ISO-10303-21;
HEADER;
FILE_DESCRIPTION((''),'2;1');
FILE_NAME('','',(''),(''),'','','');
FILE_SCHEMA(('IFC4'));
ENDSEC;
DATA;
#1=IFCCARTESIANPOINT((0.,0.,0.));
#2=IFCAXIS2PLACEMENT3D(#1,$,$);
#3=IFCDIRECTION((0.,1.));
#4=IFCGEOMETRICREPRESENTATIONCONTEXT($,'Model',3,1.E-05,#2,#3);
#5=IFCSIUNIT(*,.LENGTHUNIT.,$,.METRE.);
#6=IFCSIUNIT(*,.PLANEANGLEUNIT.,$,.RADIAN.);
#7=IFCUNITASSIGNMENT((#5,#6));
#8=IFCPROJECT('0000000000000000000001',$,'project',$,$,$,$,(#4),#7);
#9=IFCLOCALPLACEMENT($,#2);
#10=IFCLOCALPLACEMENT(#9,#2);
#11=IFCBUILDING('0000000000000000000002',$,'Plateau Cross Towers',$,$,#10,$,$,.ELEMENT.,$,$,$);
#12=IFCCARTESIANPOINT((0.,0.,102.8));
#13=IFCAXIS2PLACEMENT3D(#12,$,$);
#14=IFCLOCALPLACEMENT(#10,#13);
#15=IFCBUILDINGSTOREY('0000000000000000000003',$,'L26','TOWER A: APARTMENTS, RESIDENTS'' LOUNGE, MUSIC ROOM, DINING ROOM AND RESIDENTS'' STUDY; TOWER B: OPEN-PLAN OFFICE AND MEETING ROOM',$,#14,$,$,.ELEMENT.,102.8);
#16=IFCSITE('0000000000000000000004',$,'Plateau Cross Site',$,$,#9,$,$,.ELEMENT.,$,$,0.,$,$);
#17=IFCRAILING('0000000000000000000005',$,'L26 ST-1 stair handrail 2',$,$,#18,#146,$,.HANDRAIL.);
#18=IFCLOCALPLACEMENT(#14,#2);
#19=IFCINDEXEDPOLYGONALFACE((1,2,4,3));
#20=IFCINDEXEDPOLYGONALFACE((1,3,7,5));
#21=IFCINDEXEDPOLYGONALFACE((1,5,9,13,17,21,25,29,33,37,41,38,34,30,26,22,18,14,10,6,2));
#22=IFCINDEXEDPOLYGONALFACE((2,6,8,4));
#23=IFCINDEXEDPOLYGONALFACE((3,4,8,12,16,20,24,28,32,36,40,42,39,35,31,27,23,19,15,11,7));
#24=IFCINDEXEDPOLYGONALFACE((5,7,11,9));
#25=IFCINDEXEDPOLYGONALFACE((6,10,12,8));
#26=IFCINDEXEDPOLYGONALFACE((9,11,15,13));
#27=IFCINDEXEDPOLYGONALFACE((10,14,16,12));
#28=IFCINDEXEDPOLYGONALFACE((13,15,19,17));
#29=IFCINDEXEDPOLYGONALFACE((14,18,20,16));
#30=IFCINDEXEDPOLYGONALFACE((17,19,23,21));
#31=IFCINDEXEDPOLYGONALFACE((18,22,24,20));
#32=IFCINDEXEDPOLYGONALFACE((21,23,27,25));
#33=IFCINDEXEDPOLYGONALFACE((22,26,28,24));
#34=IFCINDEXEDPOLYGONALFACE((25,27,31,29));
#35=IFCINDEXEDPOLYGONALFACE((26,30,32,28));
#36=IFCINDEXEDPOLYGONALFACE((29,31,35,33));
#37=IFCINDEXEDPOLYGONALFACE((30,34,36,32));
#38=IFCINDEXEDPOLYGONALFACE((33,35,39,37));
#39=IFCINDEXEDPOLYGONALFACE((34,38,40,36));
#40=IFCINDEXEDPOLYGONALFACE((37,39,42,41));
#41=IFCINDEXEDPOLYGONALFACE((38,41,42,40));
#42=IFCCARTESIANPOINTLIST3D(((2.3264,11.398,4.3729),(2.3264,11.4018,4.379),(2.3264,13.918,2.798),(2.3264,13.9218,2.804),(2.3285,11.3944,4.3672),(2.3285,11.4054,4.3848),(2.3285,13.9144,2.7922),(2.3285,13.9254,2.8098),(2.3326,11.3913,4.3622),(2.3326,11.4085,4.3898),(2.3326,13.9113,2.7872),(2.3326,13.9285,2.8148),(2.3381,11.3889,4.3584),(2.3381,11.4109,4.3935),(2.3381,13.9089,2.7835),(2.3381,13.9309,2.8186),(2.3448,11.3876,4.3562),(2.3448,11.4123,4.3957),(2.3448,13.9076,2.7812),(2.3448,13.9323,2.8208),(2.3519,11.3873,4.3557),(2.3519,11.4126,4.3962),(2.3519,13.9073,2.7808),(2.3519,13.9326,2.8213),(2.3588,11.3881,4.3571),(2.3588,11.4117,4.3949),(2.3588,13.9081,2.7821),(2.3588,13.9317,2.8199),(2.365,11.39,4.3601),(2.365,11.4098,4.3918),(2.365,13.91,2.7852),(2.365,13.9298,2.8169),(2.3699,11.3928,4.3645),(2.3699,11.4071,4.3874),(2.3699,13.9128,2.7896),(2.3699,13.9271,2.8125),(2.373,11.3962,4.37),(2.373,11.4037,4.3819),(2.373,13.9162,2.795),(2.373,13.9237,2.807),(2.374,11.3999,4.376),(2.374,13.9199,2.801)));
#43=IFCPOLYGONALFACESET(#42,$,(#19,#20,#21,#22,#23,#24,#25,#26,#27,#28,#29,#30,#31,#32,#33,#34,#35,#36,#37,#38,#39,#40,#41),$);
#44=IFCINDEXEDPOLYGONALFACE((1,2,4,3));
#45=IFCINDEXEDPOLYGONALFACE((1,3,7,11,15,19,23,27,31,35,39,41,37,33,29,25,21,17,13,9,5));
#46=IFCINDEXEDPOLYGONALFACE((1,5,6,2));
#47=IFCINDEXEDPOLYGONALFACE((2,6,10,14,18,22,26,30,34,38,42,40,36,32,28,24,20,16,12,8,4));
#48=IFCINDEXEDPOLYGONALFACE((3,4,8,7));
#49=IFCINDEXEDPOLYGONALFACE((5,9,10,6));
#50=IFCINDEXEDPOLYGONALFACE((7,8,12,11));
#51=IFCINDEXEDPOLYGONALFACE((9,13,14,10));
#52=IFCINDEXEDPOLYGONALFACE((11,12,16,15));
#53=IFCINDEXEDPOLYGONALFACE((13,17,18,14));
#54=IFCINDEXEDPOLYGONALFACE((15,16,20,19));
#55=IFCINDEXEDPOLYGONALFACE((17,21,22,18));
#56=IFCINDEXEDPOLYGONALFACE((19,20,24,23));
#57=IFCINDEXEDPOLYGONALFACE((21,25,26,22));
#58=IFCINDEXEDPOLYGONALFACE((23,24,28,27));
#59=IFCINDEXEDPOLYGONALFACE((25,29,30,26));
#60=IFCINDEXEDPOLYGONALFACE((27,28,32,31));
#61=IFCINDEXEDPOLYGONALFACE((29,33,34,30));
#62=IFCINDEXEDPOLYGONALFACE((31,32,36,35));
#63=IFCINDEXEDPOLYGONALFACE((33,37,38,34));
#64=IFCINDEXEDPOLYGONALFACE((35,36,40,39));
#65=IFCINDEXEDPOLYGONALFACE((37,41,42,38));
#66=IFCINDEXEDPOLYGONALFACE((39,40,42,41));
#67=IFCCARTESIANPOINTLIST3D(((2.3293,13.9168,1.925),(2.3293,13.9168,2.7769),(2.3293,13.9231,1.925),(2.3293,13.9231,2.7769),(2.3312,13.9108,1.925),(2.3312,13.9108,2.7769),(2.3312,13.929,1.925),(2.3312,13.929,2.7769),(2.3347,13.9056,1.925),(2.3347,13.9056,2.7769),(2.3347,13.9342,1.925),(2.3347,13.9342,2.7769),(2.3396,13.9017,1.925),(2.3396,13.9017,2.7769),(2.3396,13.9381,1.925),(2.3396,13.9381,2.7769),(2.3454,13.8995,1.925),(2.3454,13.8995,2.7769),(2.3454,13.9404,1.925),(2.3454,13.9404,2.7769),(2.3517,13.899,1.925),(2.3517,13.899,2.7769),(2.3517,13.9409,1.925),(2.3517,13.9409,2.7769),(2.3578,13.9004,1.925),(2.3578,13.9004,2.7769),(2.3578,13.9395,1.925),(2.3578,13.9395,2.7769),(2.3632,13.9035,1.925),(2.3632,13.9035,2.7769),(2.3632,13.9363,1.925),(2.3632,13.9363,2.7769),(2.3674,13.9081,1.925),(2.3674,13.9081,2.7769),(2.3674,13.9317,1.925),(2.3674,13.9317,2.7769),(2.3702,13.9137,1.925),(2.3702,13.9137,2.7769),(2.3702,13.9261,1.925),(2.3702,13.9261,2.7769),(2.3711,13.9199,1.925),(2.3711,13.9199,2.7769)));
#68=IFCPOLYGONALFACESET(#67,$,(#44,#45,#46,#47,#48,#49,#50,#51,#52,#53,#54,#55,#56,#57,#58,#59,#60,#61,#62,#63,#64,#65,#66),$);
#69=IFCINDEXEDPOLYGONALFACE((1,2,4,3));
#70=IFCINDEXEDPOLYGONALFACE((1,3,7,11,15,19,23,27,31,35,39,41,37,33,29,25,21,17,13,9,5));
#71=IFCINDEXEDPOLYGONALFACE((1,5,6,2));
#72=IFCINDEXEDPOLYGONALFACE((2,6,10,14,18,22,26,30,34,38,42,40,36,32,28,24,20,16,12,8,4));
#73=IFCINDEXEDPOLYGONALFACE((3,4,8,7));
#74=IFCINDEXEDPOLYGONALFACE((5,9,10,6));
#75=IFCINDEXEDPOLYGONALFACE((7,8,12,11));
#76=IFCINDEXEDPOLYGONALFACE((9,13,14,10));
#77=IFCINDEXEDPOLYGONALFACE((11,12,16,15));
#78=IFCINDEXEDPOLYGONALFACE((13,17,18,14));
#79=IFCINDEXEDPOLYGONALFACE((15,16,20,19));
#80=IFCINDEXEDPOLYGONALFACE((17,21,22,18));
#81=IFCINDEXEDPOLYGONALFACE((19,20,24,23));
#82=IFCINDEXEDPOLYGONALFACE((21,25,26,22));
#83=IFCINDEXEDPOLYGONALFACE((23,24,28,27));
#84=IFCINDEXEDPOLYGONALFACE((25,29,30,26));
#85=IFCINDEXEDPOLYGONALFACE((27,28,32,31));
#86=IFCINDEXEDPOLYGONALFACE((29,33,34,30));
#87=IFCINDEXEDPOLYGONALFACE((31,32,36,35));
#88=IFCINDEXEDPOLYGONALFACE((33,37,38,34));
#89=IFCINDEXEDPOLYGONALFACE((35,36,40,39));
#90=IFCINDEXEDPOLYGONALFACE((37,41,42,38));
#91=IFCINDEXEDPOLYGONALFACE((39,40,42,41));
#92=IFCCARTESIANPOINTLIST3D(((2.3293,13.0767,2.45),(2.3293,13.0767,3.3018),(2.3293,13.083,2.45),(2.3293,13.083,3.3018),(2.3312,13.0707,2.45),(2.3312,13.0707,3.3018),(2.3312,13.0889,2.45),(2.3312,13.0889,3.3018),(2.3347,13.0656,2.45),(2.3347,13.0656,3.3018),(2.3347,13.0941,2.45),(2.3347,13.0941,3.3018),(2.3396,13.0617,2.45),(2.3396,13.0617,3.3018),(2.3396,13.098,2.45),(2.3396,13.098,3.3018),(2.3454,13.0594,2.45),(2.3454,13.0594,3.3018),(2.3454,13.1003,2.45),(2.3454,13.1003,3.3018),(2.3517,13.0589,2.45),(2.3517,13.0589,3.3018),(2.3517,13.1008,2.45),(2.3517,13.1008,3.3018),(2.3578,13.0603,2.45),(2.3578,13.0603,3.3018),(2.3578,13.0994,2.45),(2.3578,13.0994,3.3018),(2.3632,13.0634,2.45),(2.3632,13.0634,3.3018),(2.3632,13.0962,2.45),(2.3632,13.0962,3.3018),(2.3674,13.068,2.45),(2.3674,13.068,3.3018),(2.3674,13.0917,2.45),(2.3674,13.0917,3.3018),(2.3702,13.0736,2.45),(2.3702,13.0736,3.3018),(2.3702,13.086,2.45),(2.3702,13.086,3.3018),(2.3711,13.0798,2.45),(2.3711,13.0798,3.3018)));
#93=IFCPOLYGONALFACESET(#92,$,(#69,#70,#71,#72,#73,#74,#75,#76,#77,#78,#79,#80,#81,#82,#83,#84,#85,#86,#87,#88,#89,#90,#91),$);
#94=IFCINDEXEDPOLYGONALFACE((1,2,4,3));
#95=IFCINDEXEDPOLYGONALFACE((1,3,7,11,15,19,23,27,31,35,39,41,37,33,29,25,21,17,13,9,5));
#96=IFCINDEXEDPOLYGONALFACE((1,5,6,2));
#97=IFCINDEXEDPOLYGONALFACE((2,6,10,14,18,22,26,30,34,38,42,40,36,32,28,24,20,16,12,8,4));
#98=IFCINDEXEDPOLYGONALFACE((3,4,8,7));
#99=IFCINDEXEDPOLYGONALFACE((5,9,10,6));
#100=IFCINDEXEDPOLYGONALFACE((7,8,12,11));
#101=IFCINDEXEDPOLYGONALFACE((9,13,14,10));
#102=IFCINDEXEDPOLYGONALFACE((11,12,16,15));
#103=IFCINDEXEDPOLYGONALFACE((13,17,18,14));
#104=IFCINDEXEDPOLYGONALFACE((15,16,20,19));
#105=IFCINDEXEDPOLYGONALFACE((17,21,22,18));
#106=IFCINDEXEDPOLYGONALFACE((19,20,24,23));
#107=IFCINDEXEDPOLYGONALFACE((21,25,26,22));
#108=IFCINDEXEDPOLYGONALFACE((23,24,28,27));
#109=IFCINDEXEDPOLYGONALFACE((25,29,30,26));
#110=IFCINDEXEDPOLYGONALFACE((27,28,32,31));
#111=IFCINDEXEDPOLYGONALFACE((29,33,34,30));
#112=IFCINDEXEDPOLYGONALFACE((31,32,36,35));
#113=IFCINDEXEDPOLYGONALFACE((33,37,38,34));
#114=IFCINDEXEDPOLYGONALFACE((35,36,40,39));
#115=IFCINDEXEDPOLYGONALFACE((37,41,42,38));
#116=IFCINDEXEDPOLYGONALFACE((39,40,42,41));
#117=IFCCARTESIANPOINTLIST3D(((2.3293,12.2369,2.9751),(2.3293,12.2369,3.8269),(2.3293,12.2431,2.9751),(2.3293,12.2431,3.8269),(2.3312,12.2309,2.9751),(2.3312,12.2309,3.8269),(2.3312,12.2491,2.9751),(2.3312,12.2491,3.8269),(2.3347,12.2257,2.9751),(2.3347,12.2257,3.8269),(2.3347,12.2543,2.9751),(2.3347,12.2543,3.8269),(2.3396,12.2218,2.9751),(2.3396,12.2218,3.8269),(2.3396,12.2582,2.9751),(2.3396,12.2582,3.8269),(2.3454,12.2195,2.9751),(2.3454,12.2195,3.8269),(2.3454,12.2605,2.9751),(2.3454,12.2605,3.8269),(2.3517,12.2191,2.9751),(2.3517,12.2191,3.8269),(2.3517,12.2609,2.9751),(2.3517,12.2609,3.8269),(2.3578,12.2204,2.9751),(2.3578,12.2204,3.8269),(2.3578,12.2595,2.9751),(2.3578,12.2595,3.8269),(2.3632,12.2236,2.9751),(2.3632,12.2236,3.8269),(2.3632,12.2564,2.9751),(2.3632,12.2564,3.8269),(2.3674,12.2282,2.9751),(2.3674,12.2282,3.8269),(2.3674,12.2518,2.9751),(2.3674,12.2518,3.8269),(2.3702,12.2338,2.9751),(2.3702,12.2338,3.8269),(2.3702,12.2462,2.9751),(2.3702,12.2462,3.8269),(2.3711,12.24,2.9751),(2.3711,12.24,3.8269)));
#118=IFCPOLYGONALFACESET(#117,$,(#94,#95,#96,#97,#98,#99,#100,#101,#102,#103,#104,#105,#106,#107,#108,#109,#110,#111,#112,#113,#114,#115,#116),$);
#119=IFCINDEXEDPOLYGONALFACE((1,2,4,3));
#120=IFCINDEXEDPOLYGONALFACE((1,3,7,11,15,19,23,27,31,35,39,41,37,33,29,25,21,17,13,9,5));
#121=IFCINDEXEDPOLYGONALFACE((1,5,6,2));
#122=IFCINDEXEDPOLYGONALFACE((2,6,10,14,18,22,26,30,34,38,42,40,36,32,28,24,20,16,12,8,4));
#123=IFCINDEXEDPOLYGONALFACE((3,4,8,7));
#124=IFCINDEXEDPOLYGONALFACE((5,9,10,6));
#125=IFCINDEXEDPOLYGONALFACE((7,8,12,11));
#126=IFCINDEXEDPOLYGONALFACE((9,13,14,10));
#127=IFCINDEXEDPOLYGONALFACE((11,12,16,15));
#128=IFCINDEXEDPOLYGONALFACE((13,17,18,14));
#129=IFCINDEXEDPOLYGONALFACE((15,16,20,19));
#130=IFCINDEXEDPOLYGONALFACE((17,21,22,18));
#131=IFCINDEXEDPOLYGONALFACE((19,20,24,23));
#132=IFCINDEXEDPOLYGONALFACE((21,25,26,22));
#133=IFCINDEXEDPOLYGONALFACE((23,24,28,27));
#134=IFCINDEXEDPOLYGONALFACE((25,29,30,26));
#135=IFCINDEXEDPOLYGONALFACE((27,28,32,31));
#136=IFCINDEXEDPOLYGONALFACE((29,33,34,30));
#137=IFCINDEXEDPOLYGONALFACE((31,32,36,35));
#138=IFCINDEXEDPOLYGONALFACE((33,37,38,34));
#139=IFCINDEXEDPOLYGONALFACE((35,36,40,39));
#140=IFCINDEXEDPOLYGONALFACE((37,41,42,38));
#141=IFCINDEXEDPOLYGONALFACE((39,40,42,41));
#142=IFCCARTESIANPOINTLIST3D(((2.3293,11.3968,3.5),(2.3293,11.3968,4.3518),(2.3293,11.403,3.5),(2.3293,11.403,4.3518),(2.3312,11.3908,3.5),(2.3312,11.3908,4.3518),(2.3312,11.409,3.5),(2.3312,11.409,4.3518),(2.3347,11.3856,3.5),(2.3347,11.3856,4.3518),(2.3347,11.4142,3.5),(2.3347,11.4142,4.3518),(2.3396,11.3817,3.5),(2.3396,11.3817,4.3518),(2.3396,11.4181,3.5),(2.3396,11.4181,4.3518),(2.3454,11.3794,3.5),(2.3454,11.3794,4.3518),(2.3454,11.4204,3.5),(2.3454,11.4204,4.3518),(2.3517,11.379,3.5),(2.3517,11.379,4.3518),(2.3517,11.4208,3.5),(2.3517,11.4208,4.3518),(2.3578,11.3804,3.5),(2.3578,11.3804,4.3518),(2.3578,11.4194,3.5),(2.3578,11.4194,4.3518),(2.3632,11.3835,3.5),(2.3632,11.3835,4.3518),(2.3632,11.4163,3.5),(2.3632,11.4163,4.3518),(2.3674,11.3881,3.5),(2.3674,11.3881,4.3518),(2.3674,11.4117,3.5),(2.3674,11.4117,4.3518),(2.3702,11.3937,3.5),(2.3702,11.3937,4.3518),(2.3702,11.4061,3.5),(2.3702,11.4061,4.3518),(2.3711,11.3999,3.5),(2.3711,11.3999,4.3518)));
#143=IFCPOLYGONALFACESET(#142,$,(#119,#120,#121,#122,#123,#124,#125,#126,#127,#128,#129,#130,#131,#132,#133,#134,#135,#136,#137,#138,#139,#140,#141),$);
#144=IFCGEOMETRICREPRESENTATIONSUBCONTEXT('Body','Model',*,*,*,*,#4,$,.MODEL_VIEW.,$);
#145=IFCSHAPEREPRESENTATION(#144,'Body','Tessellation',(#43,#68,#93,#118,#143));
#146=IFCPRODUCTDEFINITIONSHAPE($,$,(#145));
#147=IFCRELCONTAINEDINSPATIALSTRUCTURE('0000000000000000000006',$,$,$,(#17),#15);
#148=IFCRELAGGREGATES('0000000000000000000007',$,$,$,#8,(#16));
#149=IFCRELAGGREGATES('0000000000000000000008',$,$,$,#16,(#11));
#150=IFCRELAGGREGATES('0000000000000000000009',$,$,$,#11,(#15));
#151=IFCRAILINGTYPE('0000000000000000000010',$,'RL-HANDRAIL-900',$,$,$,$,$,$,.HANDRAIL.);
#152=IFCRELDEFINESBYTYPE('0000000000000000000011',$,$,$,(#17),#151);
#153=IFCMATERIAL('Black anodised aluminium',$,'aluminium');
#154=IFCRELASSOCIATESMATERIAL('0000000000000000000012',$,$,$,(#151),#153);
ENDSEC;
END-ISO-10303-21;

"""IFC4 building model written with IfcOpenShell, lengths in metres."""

from ifc_helpers import new_model, si_unit, direction, frame, origin, origin_2d, place, context, subcontext, project, spatial, circle, extrude, material, type_object, element, save


model = new_model("IFC4")

# Units and contexts
model_context = context("Model", 3, precision=1e-05, world=origin(), true_north=direction((0.0, 1.0)))
body_context = subcontext(model_context, "Body", "Model", "MODEL_VIEW")
ifc_project = project(units=[si_unit("LENGTHUNIT", "METRE"), si_unit("PLANEANGLEUNIT", "RADIAN")], contexts=[model_context])

# Site, building, storey
site_placement = place(None, origin())
site = spatial("IfcSite", under=ifc_project, at=site_placement, Name="Plateau Cross Site", CompositionType="ELEMENT", RefElevation=0.0)
building_placement = place(site_placement, origin())
building = spatial("IfcBuilding", under=site, at=building_placement, Name="Plateau Cross Towers", CompositionType="ELEMENT")
storey_placement = place(building_placement, frame((0.0, 0.0, 102.8)))
storey = spatial("IfcBuildingStorey", under=building, at=storey_placement, Name="L26", Description="TOWER A: APARTMENTS, RESIDENTS' LOUNGE, MUSIC ROOM, DINING ROOM AND RESIDENTS' STUDY; TOWER B: OPEN-PLAN OFFICE AND MEETING ROOM", CompositionType="ELEMENT", Elevation=102.8)

# Shared definitions
ifc_material_1 = material(Name="Black anodised aluminium", Category="aluminium")

# Railing
railing_type_1 = type_object("IfcRailingType", Name="RL-HANDRAIL-900", PredefinedType="HANDRAIL", material=ifc_material_1)
railing_1_placement = place(storey_placement, frame((2.3501, 13.9199, 1.925)))
element("IfcRailing", 1, at=railing_1_placement, inside=storey, type_object=railing_type_1, Name="L26 ST-1 stair handrail 2", PredefinedType="HANDRAIL", context=body_context, shape_type="SweptSolid", body=[
    extrude(circle(Radius=0.0239, at=origin_2d()), frame((0.0, 0.0, 0.876), z_axis=(0.0, -0.848008, 0.529984), x_axis=(1.0, 0.0, 0.0)), (0.0, 0.0, 1.0), 2.9717),
    extrude(circle(Radius=0.021, at=origin_2d()), origin(), (0.0, 0.0, 1.0), 0.8518),
    extrude(circle(Radius=0.021, at=origin_2d()), frame((0.0, -0.8401, 0.5249)), (0.0, 0.0, 1.0), 0.8518),
    extrude(circle(Radius=0.021, at=origin_2d()), frame((0.0, -1.6799, 1.05)), (0.0, 0.0, 1.0), 0.8518),
    extrude(circle(Radius=0.021, at=origin_2d()), frame((0.0, -2.52, 1.575)), (0.0, 0.0, 1.0), 0.8518),
])

save(model, "model.ifc")
